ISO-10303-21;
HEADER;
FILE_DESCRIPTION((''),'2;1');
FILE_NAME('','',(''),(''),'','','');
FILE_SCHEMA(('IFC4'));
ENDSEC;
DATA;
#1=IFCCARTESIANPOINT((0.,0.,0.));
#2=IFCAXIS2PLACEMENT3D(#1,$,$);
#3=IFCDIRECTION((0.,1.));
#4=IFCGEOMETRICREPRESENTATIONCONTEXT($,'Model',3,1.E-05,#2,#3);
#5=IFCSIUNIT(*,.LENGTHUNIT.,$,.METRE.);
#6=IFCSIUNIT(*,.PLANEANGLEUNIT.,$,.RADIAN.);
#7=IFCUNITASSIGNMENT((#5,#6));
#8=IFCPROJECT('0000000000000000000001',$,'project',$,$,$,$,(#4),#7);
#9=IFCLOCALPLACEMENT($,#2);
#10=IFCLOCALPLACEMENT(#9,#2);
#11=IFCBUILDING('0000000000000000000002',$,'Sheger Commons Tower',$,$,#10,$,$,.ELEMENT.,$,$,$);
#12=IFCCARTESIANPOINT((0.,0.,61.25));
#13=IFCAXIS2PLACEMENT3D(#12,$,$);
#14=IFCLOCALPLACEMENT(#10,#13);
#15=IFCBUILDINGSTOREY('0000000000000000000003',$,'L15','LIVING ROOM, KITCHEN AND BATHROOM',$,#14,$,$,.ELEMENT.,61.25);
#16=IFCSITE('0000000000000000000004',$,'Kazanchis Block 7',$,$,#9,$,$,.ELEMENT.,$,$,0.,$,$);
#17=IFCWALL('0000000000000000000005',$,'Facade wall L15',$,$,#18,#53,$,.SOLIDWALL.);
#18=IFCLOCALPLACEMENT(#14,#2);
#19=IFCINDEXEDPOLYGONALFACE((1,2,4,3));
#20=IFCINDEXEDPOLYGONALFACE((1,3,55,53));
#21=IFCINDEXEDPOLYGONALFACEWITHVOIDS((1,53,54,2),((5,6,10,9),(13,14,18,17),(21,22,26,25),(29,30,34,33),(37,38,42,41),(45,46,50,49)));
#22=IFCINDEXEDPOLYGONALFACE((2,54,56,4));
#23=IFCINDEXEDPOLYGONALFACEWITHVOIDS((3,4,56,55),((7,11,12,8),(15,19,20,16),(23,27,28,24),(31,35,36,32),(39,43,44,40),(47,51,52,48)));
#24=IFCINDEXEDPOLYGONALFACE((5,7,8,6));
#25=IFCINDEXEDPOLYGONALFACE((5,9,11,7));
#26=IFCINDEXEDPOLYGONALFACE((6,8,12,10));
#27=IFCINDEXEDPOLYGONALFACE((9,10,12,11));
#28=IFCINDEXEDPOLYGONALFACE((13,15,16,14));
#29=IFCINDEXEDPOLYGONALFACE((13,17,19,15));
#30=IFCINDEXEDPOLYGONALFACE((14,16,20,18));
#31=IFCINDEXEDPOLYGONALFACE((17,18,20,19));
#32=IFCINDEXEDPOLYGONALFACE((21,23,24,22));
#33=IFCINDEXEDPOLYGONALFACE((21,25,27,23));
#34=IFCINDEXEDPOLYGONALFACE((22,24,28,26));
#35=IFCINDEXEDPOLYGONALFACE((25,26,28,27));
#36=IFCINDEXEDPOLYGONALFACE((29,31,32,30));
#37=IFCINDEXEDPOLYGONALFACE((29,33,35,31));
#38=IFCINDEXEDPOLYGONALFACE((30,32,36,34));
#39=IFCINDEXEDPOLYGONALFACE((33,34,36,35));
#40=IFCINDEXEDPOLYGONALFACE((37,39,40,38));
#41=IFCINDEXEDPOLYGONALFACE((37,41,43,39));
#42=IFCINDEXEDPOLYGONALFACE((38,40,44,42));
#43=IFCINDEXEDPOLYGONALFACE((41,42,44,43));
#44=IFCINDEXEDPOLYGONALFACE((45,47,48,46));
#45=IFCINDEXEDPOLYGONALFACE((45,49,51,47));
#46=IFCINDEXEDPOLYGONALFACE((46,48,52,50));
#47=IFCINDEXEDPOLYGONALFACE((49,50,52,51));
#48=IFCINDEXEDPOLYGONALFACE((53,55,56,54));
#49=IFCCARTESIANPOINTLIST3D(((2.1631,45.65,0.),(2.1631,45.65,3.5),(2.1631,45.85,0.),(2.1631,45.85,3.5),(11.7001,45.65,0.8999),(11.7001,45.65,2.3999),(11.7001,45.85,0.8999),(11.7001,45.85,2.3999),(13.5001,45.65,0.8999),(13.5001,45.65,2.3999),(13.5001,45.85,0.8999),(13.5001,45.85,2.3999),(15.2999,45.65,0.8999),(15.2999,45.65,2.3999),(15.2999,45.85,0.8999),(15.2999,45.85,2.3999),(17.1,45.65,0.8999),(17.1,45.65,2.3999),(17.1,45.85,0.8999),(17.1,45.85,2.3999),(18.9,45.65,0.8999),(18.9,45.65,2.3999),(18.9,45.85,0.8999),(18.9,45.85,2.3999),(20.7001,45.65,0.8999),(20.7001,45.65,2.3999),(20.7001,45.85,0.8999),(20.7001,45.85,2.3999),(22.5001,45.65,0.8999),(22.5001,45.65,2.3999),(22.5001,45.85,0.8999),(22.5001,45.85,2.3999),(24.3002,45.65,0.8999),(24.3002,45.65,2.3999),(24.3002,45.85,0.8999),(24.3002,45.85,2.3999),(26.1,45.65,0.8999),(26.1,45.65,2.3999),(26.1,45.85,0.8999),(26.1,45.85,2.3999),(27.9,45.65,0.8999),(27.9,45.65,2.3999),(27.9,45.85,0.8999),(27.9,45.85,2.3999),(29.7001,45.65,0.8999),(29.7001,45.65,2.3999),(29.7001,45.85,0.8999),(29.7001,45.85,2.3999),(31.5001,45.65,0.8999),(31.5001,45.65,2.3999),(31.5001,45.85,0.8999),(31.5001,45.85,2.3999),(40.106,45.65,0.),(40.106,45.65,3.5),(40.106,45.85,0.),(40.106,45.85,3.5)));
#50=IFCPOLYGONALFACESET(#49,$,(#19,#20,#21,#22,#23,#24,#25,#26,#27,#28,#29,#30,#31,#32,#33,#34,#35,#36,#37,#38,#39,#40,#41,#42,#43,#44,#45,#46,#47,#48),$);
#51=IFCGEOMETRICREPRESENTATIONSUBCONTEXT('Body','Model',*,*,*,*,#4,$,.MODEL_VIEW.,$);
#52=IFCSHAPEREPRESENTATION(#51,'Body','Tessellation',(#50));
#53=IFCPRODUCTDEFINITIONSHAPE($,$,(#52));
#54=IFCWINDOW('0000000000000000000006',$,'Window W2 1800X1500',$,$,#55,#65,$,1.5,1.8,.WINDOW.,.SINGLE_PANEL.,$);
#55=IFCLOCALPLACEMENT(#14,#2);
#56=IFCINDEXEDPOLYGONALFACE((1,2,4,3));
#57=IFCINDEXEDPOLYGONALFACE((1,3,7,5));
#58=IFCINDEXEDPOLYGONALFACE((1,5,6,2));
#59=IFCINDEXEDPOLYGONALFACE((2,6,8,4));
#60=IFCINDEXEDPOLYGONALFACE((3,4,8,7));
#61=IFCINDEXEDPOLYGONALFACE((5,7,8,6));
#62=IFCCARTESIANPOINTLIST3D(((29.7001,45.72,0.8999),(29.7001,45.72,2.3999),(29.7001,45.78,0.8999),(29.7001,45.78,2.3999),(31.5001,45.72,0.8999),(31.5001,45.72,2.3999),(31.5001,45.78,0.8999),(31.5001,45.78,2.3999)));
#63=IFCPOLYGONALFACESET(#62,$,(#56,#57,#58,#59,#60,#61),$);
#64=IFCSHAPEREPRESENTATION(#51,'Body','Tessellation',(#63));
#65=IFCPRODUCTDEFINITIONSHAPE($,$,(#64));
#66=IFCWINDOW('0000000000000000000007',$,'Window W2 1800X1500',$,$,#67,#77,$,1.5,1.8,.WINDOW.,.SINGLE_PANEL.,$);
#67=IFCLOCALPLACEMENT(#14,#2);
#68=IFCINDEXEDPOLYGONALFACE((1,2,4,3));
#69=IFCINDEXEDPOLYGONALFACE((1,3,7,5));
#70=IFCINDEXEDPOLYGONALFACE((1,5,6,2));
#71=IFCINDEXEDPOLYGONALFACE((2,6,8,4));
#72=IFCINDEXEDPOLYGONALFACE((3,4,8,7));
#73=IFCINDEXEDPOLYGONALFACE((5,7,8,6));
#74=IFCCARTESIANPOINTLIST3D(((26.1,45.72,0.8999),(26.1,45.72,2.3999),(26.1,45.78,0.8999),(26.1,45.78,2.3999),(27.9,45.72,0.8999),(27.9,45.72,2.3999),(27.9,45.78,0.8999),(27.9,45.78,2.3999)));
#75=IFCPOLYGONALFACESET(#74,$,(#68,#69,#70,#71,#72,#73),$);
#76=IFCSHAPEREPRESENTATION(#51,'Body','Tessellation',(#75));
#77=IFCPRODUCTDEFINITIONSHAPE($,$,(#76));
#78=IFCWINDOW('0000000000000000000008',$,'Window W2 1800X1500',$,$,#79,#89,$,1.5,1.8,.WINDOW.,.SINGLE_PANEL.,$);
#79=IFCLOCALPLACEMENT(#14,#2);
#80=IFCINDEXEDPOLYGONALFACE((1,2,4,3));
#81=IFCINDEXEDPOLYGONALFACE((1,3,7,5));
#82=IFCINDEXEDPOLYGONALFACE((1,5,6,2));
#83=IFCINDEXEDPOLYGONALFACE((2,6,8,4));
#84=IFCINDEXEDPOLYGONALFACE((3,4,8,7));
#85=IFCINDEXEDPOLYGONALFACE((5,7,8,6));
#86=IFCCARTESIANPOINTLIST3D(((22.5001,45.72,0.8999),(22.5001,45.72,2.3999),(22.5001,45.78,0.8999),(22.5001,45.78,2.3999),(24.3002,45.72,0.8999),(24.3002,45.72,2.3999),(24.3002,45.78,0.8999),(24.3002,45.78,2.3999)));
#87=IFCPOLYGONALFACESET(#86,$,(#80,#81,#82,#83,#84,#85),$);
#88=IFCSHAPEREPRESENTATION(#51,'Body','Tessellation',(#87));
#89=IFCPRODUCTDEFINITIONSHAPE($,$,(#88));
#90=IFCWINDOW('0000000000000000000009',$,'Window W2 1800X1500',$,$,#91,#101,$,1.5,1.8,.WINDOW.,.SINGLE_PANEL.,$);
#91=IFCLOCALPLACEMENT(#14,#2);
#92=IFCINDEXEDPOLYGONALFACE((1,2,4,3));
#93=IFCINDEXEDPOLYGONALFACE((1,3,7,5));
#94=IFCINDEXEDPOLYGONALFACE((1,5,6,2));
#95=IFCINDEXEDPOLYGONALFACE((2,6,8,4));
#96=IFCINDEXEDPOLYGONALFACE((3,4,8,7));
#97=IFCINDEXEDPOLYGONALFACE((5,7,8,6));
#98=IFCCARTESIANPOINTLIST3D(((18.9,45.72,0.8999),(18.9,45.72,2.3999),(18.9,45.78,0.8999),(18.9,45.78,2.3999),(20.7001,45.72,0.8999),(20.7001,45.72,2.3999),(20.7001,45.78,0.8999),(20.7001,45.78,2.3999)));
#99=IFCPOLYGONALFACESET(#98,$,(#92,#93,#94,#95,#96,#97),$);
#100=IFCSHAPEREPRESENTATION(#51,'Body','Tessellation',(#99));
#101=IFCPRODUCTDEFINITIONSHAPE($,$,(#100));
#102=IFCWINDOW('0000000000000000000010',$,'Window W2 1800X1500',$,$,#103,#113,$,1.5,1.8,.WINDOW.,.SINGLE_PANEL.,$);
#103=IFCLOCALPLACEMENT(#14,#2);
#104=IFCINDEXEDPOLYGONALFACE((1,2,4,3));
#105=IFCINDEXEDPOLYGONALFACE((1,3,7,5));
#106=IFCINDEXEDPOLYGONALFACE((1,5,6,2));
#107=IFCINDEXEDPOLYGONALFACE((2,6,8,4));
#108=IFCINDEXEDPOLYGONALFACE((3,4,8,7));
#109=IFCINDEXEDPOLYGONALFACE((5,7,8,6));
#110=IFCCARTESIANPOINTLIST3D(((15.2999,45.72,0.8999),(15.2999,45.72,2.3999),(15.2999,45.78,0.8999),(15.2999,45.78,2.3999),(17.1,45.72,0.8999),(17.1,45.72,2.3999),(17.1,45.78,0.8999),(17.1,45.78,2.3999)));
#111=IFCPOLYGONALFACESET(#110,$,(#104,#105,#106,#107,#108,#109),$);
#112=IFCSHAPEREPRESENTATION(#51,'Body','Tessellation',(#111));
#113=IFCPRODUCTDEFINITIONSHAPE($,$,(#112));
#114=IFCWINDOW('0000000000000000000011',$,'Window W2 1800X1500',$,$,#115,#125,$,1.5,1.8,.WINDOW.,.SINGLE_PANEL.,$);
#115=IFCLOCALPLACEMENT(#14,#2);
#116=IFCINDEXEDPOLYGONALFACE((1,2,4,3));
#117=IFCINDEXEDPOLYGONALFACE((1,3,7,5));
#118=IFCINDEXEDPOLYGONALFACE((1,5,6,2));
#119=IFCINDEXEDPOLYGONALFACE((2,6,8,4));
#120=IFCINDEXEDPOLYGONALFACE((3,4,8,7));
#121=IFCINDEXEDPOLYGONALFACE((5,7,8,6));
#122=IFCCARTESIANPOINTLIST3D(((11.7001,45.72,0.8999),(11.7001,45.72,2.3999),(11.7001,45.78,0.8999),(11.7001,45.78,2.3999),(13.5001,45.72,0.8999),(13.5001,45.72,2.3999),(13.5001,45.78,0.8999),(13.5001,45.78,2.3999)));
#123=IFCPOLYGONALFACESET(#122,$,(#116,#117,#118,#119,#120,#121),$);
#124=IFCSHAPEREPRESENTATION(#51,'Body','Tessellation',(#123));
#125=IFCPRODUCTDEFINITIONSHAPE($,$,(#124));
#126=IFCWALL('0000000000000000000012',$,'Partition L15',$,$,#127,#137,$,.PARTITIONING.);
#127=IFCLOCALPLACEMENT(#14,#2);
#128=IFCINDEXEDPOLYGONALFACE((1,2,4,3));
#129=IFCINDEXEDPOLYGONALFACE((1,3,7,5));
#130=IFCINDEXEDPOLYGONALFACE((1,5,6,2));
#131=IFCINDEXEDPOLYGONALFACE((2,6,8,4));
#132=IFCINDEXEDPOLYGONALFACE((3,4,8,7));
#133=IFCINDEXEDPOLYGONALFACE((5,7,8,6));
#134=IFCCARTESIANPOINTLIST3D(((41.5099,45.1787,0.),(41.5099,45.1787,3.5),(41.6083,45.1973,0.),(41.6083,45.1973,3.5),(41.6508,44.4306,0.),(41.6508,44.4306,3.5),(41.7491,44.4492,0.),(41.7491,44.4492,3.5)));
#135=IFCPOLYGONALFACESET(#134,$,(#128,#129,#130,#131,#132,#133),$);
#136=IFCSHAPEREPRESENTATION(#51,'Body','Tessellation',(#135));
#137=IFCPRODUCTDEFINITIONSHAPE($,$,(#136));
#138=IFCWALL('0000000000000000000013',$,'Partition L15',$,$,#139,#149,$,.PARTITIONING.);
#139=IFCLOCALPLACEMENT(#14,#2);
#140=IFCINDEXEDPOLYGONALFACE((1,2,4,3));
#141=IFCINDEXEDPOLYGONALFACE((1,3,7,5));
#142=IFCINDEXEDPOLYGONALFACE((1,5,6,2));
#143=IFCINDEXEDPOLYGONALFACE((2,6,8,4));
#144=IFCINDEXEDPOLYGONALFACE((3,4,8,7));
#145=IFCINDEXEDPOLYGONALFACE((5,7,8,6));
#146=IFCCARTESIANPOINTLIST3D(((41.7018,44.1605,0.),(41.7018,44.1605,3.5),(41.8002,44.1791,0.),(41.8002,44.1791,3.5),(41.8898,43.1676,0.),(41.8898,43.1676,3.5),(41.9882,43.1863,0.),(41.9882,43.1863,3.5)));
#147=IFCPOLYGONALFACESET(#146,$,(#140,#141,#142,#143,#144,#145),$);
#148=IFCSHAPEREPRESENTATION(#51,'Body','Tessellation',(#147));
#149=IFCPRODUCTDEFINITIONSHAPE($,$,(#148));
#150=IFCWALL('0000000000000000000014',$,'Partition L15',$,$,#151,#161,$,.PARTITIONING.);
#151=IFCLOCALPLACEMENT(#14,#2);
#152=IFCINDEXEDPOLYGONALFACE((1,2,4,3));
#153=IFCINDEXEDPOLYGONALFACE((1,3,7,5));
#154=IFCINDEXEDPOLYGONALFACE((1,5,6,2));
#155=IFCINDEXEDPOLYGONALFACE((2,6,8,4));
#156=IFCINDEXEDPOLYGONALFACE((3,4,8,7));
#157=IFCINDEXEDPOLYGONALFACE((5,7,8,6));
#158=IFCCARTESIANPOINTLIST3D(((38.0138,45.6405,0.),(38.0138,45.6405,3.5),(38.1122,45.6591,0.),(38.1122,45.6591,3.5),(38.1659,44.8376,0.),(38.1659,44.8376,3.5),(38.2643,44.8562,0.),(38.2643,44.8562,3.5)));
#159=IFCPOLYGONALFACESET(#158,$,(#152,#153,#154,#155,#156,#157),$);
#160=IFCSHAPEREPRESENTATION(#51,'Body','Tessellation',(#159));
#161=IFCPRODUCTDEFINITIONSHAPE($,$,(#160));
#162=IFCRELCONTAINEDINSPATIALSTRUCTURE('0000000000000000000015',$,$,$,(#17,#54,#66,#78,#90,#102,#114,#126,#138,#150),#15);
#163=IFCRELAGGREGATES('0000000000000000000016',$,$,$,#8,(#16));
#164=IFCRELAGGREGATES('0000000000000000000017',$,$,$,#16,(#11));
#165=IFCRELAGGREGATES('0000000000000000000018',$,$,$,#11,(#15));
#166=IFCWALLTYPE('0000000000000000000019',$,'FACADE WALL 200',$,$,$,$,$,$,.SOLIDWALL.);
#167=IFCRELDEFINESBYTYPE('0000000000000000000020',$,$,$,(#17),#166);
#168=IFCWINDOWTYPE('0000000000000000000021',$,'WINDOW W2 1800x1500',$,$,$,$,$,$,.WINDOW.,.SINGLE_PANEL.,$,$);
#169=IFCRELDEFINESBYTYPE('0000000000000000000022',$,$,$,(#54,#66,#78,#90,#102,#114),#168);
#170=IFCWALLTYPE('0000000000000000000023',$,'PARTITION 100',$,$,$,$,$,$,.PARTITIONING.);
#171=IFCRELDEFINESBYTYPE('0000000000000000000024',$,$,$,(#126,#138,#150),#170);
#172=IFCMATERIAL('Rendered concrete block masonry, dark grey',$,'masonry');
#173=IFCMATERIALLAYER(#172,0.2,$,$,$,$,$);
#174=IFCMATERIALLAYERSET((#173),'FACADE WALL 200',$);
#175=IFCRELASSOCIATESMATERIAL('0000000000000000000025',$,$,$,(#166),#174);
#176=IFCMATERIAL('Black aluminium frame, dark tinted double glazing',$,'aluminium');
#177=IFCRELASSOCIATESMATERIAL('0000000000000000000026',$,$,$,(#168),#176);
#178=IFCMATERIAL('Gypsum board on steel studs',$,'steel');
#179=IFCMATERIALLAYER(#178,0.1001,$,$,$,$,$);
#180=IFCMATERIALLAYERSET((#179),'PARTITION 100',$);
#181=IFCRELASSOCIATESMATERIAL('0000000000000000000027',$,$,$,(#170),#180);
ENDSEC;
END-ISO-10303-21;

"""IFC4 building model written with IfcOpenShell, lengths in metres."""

from ifc_helpers import new_model, si_unit, direction, frame, frame_2d, origin, place, context, subcontext, project, spatial, rectangle, extrude, material, layer, layer_set, type_object, element, fill, save


model = new_model("IFC4")

# Units and contexts
model_context = context("Model", 3, precision=1e-05, world=origin(), true_north=direction((0.0, 1.0)))
body_context = subcontext(model_context, "Body", "Model", "MODEL_VIEW")
ifc_project = project(units=[si_unit("LENGTHUNIT", "METRE"), si_unit("PLANEANGLEUNIT", "RADIAN")], contexts=[model_context])

# Site, building, storey
site_placement = place(None, origin())
site = spatial("IfcSite", under=ifc_project, at=site_placement, Name="Kazanchis Block 7", CompositionType="ELEMENT", RefElevation=0.0)
building_placement = place(site_placement, origin())
building = spatial("IfcBuilding", under=site, at=building_placement, Name="Sheger Commons Tower", CompositionType="ELEMENT")
storey_placement = place(building_placement, frame((0.0, 0.0, 61.25)))
storey = spatial("IfcBuildingStorey", under=building, at=storey_placement, Name="L15", Description="LIVING ROOM, KITCHEN AND BATHROOM", CompositionType="ELEMENT", Elevation=61.25)

# Shared definitions
ifc_material_1 = material(Name="Rendered concrete block masonry, dark grey", Category="masonry")
ifc_layer_1 = layer(ifc_material_1, 0.2)
ifc_layer_set_1 = layer_set([ifc_layer_1], Name="FACADE WALL 200")
wall_type_1 = type_object("IfcWallType", Name="FACADE WALL 200", PredefinedType="SOLIDWALL", material=ifc_layer_set_1)

# Wall, openings, windows
wall_1_placement = place(storey_placement, frame((40.106, 45.75, 0.0), z_axis=(0.0, 0.0, 1.0), x_axis=(-1.0, 0.0, 0.0)))
wall_1 = element("IfcWall", 1, at=wall_1_placement, inside=storey, type_object=wall_type_1, Name="Facade wall L15", PredefinedType="SOLIDWALL", context=body_context, shape_type="SweptSolid", body=[
    extrude(rectangle(XDim=37.9429, YDim=0.2, at=frame_2d((18.9714, 0.0))), origin(), (0.0, 0.0, 1.0), 3.5),
])
opening_1_placement = place(wall_1_placement, frame((8.606, 0.0, 0.8999)))
opening_1 = element("IfcOpeningElement", 2, at=opening_1_placement, cuts=wall_1, PredefinedType="OPENING", context=body_context, shape_type="SweptSolid", body=[
    extrude(rectangle(XDim=1.8, YDim=1.5, at=frame_2d((0.8999, 0.75))), frame((0.0, 0.1099, 0.0), z_axis=(0.0, -1.0, 0.0), x_axis=(1.0, 0.0, 0.0)), (0.0, 0.0, 1.0), 0.22),
])
opening_2_placement = place(wall_1_placement, frame((12.2061, 0.0, 0.8999)))
opening_2 = element("IfcOpeningElement", 3, at=opening_2_placement, cuts=wall_1, PredefinedType="OPENING", context=body_context, shape_type="SweptSolid", body=[
    extrude(rectangle(XDim=1.8, YDim=1.5, at=frame_2d((0.8999, 0.75))), frame((0.0, 0.1099, 0.0), z_axis=(0.0, -1.0, 0.0), x_axis=(1.0, 0.0, 0.0)), (0.0, 0.0, 1.0), 0.22),
])
opening_3_placement = place(wall_1_placement, frame((15.8059, 0.0, 0.8999)))
opening_3 = element("IfcOpeningElement", 4, at=opening_3_placement, cuts=wall_1, PredefinedType="OPENING", context=body_context, shape_type="SweptSolid", body=[
    extrude(rectangle(XDim=1.8, YDim=1.5, at=frame_2d((0.8999, 0.75))), frame((0.0, 0.1099, 0.0), z_axis=(0.0, -1.0, 0.0), x_axis=(1.0, 0.0, 0.0)), (0.0, 0.0, 1.0), 0.22),
])
opening_4_placement = place(wall_1_placement, frame((19.406, 0.0, 0.8999)))
opening_4 = element("IfcOpeningElement", 5, at=opening_4_placement, cuts=wall_1, PredefinedType="OPENING", context=body_context, shape_type="SweptSolid", body=[
    extrude(rectangle(XDim=1.8, YDim=1.5, at=frame_2d((0.8999, 0.75))), frame((0.0, 0.1099, 0.0), z_axis=(0.0, -1.0, 0.0), x_axis=(1.0, 0.0, 0.0)), (0.0, 0.0, 1.0), 0.22),
])
opening_5_placement = place(wall_1_placement, frame((23.0061, 0.0, 0.8999)))
opening_5 = element("IfcOpeningElement", 6, at=opening_5_placement, cuts=wall_1, PredefinedType="OPENING", context=body_context, shape_type="SweptSolid", body=[
    extrude(rectangle(XDim=1.8, YDim=1.5, at=frame_2d((0.8999, 0.75))), frame((0.0, 0.1099, 0.0), z_axis=(0.0, -1.0, 0.0), x_axis=(1.0, 0.0, 0.0)), (0.0, 0.0, 1.0), 0.22),
])
opening_6_placement = place(wall_1_placement, frame((26.606, 0.0, 0.8999)))
opening_6 = element("IfcOpeningElement", 7, at=opening_6_placement, cuts=wall_1, PredefinedType="OPENING", context=body_context, shape_type="SweptSolid", body=[
    extrude(rectangle(XDim=1.8, YDim=1.5, at=frame_2d((0.8999, 0.75))), frame((0.0, 0.1099, 0.0), z_axis=(0.0, -1.0, 0.0), x_axis=(1.0, 0.0, 0.0)), (0.0, 0.0, 1.0), 0.22),
])
ifc_material_2 = material(Name="Black aluminium frame, dark tinted double glazing", Category="aluminium")
window_type = type_object("IfcWindowType", Name="WINDOW W2 1800x1500", PartitioningType="SINGLE_PANEL", PredefinedType="WINDOW", material=ifc_material_2)
window_1_placement = place(opening_1_placement, origin())
window_1 = element("IfcWindow", 8, at=window_1_placement, inside=storey, type_object=window_type, Name="Window W2 1800X1500", OverallHeight=1.5, OverallWidth=1.8, PartitioningType="SINGLE_PANEL", PredefinedType="WINDOW", context=body_context, shape_type="SweptSolid", body=[
    extrude(rectangle(XDim=1.8, YDim=1.5, at=frame_2d((0.8999, 0.75))), frame((0.0, 0.03, 0.0), z_axis=(0.0, -1.0, 0.0), x_axis=(1.0, 0.0, 0.0)), (0.0, 0.0, 1.0), 0.0601),
])
fill(opening_1, window_1)
window_2_placement = place(opening_2_placement, origin())
window_2 = element("IfcWindow", 9, at=window_2_placement, inside=storey, type_object=window_type, Name="Window W2 1800X1500", OverallHeight=1.5, OverallWidth=1.8, PartitioningType="SINGLE_PANEL", PredefinedType="WINDOW", context=body_context, shape_type="SweptSolid", body=[
    extrude(rectangle(XDim=1.8, YDim=1.5, at=frame_2d((0.8999, 0.75))), frame((0.0, 0.03, 0.0), z_axis=(0.0, -1.0, 0.0), x_axis=(1.0, 0.0, 0.0)), (0.0, 0.0, 1.0), 0.0601),
])
fill(opening_2, window_2)
window_3_placement = place(opening_3_placement, origin())
window_3 = element("IfcWindow", 10, at=window_3_placement, inside=storey, type_object=window_type, Name="Window W2 1800X1500", OverallHeight=1.5, OverallWidth=1.8, PartitioningType="SINGLE_PANEL", PredefinedType="WINDOW", context=body_context, shape_type="SweptSolid", body=[
    extrude(rectangle(XDim=1.8, YDim=1.5, at=frame_2d((0.8999, 0.75))), frame((0.0, 0.03, 0.0), z_axis=(0.0, -1.0, 0.0), x_axis=(1.0, 0.0, 0.0)), (0.0, 0.0, 1.0), 0.0601),
])
fill(opening_3, window_3)
window_4_placement = place(opening_4_placement, origin())
window_4 = element("IfcWindow", 11, at=window_4_placement, inside=storey, type_object=window_type, Name="Window W2 1800X1500", OverallHeight=1.5, OverallWidth=1.8, PartitioningType="SINGLE_PANEL", PredefinedType="WINDOW", context=body_context, shape_type="SweptSolid", body=[
    extrude(rectangle(XDim=1.8, YDim=1.5, at=frame_2d((0.8999, 0.75))), frame((0.0, 0.03, 0.0), z_axis=(0.0, -1.0, 0.0), x_axis=(1.0, 0.0, 0.0)), (0.0, 0.0, 1.0), 0.0601),
])
fill(opening_4, window_4)
window_5_placement = place(opening_5_placement, origin())
window_5 = element("IfcWindow", 12, at=window_5_placement, inside=storey, type_object=window_type, Name="Window W2 1800X1500", OverallHeight=1.5, OverallWidth=1.8, PartitioningType="SINGLE_PANEL", PredefinedType="WINDOW", context=body_context, shape_type="SweptSolid", body=[
    extrude(rectangle(XDim=1.8, YDim=1.5, at=frame_2d((0.8999, 0.75))), frame((0.0, 0.03, 0.0), z_axis=(0.0, -1.0, 0.0), x_axis=(1.0, 0.0, 0.0)), (0.0, 0.0, 1.0), 0.0601),
])
fill(opening_5, window_5)
window_6_placement = place(opening_6_placement, origin())
window_6 = element("IfcWindow", 13, at=window_6_placement, inside=storey, type_object=window_type, Name="Window W2 1800X1500", OverallHeight=1.5, OverallWidth=1.8, PartitioningType="SINGLE_PANEL", PredefinedType="WINDOW", context=body_context, shape_type="SweptSolid", body=[
    extrude(rectangle(XDim=1.8, YDim=1.5, at=frame_2d((0.8999, 0.75))), frame((0.0, 0.03, 0.0), z_axis=(0.0, -1.0, 0.0), x_axis=(1.0, 0.0, 0.0)), (0.0, 0.0, 1.0), 0.0601),
])
fill(opening_6, window_6)

# Walls
ifc_material_3 = material(Name="Gypsum board on steel studs", Category="steel")
ifc_layer_2 = layer(ifc_material_3, 0.1001)
ifc_layer_set_2 = layer_set([ifc_layer_2], Name="PARTITION 100")
wall_type_2 = type_object("IfcWallType", Name="PARTITION 100", PredefinedType="PARTITIONING", material=ifc_layer_set_2)
wall_2_placement = place(storey_placement, frame((41.5591, 45.188, 0.0), z_axis=(0.0, 0.0, 1.0), x_axis=(0.185063, -0.982727, 0.0)))
element("IfcWall", 14, at=wall_2_placement, inside=storey, type_object=wall_type_2, Name="Partition L15", PredefinedType="PARTITIONING", context=body_context, shape_type="SweptSolid", body=[
    extrude(rectangle(XDim=0.7612, YDim=0.1001, at=frame_2d((0.3806, 0.0))), origin(), (0.0, 0.0, 1.0), 3.5),
])
wall_3_placement = place(storey_placement, frame((41.751, 44.1699, 0.0), z_axis=(0.0, 0.0, 1.0), x_axis=(0.186024, -0.982545, 0.0)))
element("IfcWall", 15, at=wall_3_placement, inside=storey, type_object=wall_type_2, Name="Partition L15", PredefinedType="PARTITIONING", context=body_context, shape_type="SweptSolid", body=[
    extrude(rectangle(XDim=1.0105, YDim=0.1001, at=frame_2d((0.5054, 0.0))), origin(), (0.0, 0.0, 1.0), 3.5),
])
wall_4_placement = place(storey_placement, frame((38.063, 45.6499, 0.0), z_axis=(0.0, 0.0, 1.0), x_axis=(0.18611, -0.982529, 0.0)))
element("IfcWall", 16, at=wall_4_placement, inside=storey, type_object=wall_type_2, Name="Partition L15", PredefinedType="PARTITIONING", context=body_context, shape_type="SweptSolid", body=[
    extrude(rectangle(XDim=0.8171, YDim=0.1001, at=frame_2d((0.4087, 0.0))), origin(), (0.0, 0.0, 1.0), 3.5),
])

save(model, "model.ifc")
